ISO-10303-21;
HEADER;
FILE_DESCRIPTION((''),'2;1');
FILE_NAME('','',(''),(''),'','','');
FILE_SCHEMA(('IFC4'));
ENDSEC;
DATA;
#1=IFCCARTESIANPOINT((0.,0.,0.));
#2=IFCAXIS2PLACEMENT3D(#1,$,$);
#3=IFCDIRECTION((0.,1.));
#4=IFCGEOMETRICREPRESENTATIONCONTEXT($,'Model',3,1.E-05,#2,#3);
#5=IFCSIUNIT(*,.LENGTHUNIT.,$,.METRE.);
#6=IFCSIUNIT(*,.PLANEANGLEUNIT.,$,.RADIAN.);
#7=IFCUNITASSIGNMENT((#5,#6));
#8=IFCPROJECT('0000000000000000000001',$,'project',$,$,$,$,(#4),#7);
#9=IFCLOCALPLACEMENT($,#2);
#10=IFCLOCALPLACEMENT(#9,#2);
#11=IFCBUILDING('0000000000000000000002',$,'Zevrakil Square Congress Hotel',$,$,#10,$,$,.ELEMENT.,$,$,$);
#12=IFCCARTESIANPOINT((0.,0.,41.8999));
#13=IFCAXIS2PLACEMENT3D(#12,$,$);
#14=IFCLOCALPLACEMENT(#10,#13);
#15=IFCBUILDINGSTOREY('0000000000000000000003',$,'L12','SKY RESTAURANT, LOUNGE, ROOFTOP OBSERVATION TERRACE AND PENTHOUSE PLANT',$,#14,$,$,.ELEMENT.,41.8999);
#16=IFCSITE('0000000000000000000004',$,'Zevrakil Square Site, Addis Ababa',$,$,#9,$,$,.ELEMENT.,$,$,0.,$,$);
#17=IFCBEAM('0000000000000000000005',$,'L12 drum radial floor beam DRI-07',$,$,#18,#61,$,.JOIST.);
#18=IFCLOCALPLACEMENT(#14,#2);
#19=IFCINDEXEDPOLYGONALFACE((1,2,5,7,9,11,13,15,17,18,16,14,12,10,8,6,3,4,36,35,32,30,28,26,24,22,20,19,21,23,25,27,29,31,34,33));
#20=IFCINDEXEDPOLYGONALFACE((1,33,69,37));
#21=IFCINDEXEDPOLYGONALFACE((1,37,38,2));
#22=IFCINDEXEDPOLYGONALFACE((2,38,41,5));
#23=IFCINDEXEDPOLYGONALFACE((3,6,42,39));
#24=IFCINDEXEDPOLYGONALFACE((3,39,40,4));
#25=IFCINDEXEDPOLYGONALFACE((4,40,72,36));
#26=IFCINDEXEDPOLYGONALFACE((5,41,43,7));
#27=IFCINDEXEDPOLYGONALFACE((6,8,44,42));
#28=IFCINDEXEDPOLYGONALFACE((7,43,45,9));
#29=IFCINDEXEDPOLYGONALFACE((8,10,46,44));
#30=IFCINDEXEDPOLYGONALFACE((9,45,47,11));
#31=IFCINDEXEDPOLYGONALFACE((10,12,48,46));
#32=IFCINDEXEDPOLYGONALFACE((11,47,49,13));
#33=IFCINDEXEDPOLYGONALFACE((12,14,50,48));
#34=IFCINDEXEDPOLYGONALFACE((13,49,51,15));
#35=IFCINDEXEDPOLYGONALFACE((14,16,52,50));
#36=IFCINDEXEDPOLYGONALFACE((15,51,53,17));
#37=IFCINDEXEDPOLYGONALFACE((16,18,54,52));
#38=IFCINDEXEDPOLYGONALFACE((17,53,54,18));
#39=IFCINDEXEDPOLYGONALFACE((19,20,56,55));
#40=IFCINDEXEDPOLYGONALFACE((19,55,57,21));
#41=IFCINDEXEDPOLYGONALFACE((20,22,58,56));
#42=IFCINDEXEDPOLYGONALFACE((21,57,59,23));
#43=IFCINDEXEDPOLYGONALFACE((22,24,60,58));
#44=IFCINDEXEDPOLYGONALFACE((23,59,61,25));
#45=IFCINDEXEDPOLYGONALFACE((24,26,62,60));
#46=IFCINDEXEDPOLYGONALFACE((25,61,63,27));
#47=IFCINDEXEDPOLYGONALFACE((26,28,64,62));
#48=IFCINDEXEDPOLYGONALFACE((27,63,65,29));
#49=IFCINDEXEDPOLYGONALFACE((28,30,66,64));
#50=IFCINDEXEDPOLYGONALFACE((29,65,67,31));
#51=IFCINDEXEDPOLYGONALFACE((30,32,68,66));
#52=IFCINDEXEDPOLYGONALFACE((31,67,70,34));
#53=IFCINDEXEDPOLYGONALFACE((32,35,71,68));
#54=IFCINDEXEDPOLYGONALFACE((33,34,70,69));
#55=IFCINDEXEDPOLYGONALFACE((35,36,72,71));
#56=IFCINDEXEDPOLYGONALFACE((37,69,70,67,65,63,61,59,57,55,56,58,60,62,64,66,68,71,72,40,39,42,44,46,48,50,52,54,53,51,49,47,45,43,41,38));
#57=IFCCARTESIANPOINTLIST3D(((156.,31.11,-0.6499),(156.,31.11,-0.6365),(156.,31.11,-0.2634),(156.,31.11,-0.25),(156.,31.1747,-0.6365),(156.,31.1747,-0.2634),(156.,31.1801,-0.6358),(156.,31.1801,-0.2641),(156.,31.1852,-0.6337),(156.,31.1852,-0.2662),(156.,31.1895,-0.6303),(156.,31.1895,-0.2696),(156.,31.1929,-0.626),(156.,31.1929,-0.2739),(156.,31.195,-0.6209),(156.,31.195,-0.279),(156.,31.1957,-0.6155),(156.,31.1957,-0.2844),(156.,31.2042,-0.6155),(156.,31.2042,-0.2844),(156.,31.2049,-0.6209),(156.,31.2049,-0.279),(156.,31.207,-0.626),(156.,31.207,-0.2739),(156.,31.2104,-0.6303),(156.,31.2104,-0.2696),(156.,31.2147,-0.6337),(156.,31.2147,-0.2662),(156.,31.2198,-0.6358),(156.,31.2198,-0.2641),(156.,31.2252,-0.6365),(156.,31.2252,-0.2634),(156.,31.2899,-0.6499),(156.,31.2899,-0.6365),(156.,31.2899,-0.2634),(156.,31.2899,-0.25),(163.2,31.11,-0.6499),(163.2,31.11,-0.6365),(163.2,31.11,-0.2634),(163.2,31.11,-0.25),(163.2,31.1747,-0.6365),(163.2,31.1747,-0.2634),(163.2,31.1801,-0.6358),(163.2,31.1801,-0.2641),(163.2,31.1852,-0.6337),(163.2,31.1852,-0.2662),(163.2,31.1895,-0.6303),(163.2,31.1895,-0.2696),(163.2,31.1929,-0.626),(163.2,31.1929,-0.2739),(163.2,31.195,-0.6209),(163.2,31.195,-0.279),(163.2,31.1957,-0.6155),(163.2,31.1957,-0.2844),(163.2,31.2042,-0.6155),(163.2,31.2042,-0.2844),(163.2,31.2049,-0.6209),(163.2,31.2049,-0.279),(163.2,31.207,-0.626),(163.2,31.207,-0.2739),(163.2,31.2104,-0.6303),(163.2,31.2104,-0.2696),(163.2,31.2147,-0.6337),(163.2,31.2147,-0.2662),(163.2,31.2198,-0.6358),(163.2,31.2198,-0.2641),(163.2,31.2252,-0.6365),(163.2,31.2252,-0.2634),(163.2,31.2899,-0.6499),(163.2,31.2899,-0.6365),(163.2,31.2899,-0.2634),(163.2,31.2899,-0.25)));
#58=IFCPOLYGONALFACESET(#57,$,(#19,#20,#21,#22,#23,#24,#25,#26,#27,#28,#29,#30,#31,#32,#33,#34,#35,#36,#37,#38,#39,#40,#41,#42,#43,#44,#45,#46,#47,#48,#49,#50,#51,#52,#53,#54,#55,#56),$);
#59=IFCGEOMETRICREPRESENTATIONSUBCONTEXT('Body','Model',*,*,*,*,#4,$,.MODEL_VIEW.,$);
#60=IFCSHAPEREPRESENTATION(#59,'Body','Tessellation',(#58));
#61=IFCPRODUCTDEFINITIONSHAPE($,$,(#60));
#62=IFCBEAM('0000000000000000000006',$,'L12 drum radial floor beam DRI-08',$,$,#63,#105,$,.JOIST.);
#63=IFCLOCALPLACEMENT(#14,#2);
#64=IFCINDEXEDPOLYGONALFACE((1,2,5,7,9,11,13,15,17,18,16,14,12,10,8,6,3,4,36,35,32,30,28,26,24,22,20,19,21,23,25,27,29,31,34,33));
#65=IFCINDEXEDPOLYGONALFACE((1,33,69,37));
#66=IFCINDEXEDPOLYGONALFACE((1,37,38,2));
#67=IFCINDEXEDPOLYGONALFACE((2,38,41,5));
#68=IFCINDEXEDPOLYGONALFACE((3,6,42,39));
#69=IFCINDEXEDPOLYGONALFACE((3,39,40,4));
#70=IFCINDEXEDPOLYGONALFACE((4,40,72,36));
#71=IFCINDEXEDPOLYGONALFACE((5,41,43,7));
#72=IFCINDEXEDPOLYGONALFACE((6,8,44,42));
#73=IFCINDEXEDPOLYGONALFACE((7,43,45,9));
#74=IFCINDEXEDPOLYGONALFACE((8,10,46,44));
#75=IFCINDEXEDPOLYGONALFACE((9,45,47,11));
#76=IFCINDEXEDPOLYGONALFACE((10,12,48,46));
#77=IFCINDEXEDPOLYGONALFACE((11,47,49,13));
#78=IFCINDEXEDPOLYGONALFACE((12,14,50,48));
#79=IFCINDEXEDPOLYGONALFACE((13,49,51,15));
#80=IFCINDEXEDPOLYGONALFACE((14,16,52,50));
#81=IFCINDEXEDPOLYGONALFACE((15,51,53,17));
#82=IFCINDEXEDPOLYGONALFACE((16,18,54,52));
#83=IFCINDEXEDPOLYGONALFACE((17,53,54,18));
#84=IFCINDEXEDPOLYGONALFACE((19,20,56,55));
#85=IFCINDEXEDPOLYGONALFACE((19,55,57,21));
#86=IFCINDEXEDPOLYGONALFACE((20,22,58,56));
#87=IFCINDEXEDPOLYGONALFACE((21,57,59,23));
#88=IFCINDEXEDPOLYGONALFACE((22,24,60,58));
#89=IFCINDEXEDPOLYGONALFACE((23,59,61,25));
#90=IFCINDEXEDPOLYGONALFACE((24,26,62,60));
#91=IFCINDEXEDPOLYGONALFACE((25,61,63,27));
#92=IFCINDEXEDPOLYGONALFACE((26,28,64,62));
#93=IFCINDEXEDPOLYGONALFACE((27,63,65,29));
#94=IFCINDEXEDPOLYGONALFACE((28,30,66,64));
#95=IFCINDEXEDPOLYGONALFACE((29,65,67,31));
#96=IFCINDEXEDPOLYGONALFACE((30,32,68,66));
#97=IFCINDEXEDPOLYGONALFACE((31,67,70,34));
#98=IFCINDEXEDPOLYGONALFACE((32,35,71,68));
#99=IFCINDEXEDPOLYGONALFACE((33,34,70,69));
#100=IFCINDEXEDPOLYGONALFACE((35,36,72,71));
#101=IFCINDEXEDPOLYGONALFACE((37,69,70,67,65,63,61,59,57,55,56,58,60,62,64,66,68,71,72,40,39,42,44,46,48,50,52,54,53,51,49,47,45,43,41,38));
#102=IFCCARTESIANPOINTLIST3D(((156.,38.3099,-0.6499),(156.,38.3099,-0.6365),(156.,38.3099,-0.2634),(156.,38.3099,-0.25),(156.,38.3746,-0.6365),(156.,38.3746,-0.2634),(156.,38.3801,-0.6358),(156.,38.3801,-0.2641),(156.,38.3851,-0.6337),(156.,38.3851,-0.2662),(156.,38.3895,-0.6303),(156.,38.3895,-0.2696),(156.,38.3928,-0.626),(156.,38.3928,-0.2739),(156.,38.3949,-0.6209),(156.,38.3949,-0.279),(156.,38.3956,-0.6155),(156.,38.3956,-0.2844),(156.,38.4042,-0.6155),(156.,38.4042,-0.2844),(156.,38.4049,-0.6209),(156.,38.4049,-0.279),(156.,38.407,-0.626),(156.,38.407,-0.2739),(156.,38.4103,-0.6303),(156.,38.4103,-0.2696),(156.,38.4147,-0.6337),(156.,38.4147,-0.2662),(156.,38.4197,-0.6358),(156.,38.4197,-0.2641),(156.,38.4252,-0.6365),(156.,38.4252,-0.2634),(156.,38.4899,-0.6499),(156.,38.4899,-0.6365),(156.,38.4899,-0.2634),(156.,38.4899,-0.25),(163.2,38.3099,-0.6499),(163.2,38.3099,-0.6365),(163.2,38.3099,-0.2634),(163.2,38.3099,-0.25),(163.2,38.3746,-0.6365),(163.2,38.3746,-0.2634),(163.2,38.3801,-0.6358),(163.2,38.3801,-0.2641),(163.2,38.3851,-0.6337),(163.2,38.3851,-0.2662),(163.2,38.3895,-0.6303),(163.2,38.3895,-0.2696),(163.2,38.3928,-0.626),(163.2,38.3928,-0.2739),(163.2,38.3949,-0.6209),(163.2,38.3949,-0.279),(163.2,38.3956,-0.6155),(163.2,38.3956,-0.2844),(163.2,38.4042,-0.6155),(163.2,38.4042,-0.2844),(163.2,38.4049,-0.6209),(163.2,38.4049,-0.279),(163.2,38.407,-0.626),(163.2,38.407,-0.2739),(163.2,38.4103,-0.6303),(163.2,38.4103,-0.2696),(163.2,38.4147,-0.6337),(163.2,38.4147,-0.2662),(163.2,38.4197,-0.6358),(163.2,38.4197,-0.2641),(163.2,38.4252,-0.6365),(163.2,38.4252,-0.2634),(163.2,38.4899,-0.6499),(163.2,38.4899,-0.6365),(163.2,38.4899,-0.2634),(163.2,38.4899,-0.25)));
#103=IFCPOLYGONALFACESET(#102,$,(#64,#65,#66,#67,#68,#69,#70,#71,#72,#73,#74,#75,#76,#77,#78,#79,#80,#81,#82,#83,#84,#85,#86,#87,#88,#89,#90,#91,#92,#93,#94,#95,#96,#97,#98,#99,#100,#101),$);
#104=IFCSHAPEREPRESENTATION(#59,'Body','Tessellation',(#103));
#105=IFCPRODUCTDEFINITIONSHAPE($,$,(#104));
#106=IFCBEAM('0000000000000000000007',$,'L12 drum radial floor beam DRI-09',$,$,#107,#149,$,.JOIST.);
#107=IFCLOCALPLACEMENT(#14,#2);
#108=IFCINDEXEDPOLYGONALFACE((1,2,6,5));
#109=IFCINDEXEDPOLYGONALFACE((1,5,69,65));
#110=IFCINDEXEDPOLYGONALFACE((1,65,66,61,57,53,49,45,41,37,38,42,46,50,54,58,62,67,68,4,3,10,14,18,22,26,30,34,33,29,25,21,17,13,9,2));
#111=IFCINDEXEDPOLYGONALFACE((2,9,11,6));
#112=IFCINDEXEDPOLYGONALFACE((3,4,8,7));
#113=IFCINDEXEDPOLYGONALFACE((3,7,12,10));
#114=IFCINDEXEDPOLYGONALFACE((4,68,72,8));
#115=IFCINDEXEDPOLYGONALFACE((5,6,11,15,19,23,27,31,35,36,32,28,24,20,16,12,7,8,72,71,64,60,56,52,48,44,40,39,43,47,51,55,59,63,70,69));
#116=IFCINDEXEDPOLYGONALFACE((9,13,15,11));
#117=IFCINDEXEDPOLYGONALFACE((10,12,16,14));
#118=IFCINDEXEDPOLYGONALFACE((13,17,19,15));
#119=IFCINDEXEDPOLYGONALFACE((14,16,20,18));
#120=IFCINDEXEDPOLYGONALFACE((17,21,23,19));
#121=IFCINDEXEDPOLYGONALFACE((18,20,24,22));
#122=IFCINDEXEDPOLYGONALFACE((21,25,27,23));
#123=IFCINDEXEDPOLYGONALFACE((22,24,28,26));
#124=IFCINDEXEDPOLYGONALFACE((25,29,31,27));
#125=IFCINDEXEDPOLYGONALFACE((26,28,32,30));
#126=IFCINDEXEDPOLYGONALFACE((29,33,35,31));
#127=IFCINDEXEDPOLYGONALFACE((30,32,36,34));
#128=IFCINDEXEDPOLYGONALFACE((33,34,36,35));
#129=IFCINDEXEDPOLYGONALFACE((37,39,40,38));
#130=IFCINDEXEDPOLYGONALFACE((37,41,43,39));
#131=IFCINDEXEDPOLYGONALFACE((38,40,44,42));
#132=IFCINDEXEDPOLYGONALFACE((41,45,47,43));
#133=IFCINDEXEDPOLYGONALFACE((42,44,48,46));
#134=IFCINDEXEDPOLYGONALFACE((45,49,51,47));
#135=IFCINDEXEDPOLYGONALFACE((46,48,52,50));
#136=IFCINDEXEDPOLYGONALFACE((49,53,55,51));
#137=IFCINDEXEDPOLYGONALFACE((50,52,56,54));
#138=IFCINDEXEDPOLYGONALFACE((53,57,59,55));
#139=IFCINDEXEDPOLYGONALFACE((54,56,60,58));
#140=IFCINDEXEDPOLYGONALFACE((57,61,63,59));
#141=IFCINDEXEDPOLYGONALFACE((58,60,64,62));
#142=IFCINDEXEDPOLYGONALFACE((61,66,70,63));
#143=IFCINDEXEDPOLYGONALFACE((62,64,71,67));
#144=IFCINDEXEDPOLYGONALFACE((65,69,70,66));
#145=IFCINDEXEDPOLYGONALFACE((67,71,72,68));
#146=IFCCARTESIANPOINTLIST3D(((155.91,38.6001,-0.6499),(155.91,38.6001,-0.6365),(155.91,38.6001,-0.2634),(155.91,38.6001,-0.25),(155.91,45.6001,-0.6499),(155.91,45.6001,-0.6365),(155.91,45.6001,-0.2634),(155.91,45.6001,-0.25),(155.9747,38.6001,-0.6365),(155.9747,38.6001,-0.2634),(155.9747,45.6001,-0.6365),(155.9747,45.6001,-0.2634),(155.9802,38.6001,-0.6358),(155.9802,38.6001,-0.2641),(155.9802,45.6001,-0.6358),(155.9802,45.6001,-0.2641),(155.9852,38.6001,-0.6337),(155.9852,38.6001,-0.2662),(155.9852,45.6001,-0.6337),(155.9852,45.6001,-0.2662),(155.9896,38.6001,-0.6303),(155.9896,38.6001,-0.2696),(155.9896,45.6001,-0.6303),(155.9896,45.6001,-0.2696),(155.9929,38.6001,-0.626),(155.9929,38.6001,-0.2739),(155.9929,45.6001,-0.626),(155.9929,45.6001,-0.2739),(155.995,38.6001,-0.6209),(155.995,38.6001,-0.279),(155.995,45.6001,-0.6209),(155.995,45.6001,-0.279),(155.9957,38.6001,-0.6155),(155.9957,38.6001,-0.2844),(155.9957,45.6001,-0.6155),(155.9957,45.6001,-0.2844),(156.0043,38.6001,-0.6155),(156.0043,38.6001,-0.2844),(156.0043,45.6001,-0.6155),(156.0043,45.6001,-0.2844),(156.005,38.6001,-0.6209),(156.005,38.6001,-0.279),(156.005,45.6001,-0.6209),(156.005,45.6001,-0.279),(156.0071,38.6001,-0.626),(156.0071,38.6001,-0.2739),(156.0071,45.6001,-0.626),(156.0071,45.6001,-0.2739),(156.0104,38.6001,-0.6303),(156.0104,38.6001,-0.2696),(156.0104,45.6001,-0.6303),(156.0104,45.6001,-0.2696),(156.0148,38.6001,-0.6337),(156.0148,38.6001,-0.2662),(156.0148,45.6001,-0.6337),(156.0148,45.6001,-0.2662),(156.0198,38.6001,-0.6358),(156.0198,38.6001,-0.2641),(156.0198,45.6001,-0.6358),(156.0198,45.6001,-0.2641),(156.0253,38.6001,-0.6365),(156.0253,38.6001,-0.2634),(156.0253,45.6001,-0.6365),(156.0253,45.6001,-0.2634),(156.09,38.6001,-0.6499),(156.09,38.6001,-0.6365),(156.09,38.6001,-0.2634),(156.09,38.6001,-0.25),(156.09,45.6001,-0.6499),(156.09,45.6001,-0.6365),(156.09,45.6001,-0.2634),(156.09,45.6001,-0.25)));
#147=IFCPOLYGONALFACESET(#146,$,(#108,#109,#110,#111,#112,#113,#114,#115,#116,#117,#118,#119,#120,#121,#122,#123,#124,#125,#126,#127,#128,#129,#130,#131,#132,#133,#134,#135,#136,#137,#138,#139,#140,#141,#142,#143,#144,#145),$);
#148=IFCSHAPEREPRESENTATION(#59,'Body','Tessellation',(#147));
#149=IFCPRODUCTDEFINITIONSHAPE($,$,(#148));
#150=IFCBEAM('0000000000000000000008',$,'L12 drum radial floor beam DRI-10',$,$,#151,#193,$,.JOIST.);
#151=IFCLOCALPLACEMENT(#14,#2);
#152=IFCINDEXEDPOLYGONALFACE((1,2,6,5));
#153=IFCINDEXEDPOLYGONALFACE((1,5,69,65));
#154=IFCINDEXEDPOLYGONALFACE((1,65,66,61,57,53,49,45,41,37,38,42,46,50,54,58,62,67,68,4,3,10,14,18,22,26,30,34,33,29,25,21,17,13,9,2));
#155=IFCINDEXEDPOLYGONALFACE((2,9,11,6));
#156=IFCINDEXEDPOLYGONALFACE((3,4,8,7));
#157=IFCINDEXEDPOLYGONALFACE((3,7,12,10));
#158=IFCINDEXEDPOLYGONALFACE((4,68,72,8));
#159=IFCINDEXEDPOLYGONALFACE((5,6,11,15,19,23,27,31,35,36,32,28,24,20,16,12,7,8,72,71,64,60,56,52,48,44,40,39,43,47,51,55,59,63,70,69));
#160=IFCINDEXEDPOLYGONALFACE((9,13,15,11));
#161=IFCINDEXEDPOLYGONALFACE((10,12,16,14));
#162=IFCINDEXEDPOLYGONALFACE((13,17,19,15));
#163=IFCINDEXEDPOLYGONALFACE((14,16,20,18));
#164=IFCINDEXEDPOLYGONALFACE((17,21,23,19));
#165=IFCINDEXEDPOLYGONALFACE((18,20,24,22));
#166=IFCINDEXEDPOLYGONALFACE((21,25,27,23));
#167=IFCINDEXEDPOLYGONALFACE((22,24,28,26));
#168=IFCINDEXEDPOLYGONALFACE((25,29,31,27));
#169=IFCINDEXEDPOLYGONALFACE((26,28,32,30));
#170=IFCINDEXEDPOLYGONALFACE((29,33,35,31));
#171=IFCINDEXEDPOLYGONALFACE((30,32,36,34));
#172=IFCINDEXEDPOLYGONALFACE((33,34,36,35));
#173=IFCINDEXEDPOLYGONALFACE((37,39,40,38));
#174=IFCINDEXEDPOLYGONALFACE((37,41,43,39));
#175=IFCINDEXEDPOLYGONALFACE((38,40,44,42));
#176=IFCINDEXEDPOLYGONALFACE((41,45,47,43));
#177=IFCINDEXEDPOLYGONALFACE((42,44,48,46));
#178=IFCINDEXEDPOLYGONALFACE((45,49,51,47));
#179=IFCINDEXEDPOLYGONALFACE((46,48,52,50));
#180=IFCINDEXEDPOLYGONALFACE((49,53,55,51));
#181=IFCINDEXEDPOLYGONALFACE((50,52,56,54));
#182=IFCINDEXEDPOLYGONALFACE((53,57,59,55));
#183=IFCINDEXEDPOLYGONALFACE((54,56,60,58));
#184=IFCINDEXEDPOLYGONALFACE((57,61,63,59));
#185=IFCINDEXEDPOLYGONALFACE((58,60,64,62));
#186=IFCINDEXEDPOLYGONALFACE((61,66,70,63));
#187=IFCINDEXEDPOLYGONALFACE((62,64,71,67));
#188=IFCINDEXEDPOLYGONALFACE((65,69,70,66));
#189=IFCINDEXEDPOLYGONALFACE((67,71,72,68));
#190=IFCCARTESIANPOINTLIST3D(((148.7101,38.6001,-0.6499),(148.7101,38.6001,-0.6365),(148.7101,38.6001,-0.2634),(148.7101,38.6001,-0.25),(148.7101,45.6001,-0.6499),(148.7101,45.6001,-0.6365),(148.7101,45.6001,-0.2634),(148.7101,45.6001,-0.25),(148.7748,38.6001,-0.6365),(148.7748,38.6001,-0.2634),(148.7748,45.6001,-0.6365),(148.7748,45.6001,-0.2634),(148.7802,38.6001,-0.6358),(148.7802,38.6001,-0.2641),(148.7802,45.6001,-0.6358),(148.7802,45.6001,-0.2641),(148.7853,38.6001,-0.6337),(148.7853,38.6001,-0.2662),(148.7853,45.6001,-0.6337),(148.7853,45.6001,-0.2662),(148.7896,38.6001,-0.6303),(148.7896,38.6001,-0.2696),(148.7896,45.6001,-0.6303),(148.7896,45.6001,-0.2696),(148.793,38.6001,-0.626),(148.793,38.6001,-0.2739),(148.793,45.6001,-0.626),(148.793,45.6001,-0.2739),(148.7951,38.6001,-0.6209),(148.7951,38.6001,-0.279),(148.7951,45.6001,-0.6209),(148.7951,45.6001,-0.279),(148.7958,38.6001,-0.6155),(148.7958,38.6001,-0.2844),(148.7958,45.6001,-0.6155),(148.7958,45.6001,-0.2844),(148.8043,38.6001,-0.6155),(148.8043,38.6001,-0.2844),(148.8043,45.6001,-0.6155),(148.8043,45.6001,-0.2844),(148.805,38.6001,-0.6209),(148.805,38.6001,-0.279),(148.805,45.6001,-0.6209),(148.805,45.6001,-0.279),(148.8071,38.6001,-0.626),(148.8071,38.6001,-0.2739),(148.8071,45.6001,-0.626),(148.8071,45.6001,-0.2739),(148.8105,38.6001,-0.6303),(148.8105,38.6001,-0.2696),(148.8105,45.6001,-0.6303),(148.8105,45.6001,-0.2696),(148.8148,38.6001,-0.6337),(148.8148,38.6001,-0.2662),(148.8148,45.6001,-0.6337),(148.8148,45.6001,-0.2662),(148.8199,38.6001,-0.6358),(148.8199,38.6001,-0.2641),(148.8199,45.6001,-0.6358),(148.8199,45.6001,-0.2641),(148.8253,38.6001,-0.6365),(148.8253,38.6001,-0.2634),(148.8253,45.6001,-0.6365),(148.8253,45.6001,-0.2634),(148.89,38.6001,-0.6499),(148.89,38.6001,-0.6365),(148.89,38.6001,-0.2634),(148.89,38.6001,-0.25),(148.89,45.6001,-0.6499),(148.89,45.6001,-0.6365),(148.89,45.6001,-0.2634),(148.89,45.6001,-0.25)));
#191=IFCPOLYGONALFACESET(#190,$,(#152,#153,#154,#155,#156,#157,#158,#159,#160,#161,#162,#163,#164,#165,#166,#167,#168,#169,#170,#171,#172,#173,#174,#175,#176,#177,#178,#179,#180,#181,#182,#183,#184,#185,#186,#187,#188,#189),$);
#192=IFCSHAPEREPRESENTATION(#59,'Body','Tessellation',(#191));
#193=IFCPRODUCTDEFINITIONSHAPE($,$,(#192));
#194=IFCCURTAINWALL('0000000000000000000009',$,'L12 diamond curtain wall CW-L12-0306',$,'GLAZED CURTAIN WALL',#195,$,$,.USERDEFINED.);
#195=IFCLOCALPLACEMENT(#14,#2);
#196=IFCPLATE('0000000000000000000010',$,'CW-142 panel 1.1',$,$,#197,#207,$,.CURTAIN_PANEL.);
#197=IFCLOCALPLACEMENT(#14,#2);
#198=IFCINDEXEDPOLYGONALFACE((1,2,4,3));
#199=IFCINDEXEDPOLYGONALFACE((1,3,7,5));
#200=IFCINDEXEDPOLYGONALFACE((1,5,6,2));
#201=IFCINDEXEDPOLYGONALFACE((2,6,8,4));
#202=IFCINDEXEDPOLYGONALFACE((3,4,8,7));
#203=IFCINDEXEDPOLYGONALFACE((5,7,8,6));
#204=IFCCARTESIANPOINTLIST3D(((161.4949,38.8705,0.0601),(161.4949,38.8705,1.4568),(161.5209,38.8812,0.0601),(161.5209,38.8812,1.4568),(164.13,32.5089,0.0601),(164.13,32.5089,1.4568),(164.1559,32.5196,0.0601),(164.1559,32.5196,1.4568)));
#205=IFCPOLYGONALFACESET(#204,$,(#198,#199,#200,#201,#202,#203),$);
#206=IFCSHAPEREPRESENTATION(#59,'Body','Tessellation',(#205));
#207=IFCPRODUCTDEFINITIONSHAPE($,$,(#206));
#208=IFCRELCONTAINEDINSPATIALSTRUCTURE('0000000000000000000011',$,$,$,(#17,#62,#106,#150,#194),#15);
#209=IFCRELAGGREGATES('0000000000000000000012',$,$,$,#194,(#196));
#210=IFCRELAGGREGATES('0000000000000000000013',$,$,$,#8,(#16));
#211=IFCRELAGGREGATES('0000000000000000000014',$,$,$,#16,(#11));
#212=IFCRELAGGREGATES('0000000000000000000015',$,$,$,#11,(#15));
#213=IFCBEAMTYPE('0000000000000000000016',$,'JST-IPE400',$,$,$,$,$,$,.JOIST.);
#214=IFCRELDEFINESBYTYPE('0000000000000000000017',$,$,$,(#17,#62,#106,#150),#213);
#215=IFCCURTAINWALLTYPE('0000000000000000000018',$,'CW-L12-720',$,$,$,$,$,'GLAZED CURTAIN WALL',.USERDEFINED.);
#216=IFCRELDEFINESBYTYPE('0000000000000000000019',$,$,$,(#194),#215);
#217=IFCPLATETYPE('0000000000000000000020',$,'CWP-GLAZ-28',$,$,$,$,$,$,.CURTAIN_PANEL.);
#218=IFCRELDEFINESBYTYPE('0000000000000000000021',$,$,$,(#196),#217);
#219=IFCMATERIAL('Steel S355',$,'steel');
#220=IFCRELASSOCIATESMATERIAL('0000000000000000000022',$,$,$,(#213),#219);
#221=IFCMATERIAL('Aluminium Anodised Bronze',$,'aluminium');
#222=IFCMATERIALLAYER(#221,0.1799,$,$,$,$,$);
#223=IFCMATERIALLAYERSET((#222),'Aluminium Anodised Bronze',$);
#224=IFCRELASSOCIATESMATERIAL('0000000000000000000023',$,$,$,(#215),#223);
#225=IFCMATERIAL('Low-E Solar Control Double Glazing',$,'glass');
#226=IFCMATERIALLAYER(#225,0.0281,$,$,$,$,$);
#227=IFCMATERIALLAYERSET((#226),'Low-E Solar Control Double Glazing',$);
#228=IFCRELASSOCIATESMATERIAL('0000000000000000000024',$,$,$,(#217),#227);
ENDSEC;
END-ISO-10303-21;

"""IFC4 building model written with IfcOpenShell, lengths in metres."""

from ifc_helpers import new_model, si_unit, direction, frame, origin, origin_2d, place, context, subcontext, project, spatial, rectangle, i_section, extrude, material, layer, layer_set, material_profile, profile_set, type_object, element, aggregate, save


model = new_model("IFC4")

# Units and contexts
model_context = context("Model", 3, precision=1e-05, world=origin(), true_north=direction((0.0, 1.0)))
body_context = subcontext(model_context, "Body", "Model", "MODEL_VIEW")
ifc_project = project(units=[si_unit("LENGTHUNIT", "METRE"), si_unit("PLANEANGLEUNIT", "RADIAN")], contexts=[model_context])

# Site, building, storey
site_placement = place(None, origin())
site = spatial("IfcSite", under=ifc_project, at=site_placement, Name="Zevrakil Square Site, Addis Ababa", CompositionType="ELEMENT", RefElevation=0.0)
building_placement = place(site_placement, origin())
building = spatial("IfcBuilding", under=site, at=building_placement, Name="Zevrakil Square Congress Hotel", CompositionType="ELEMENT")
storey_placement = place(building_placement, frame((0.0, 0.0, 41.8999)))
storey = spatial("IfcBuildingStorey", under=building, at=storey_placement, Name="L12", Description="SKY RESTAURANT, LOUNGE, ROOFTOP OBSERVATION TERRACE AND PENTHOUSE PLANT", CompositionType="ELEMENT", Elevation=41.8999)

# Beams
ifc_material_1 = material(Name="Steel S355", Category="steel")
ifc_material_profile_1 = material_profile(ifc_material_1, i_section(OverallWidth=0.1799, OverallDepth=0.3999, WebThickness=0.0085, FlangeThickness=0.0134, FilletRadius=0.021, at=origin_2d()), Name="IPE 400")
ifc_profile_set_1 = profile_set([ifc_material_profile_1], Name="Steel S355")
beam_type_1 = type_object("IfcBeamType", Name="JST-IPE400", PredefinedType="JOIST", material=ifc_profile_set_1)
for number, where, z_axis, x_axis, name in (
    (1, (156.0, 31.2, -0.45), (1.0, 0.0, 0.0), (0.0, 1.0, 0.0), "L12 drum radial floor beam DRI-07"),
    (2, (156.0, 38.3999, -0.45), (1.0, 0.0, 0.0), (0.0, 1.0, 0.0), "L12 drum radial floor beam DRI-08"),
):
    element("IfcBeam", number, at=place(storey_placement, frame(where, z_axis=z_axis, x_axis=x_axis)), inside=storey, type_object=beam_type_1, Name=name, PredefinedType="JOIST", context=body_context, shape_type="SweptSolid", body=[
        extrude(i_section(OverallWidth=0.1799, OverallDepth=0.3999, WebThickness=0.0085, FlangeThickness=0.0134, FilletRadius=0.021, at=origin_2d()), origin(), (0.0, 0.0, 1.0), 7.2),
    ])
for number, where, z_axis, x_axis, name in (
    (3, (156.0, 38.6001, -0.45), (0.0, 1.0, 0.0), (-1.0, 0.0, 0.0), "L12 drum radial floor beam DRI-09"),
    (4, (148.8, 38.6001, -0.45), (0.0, 1.0, 0.0), (-1.0, 0.0, 0.0), "L12 drum radial floor beam DRI-10"),
):
    element("IfcBeam", number, at=place(storey_placement, frame(where, z_axis=z_axis, x_axis=x_axis)), inside=storey, type_object=beam_type_1, Name=name, PredefinedType="JOIST", context=body_context, shape_type="SweptSolid", body=[
        extrude(i_section(OverallWidth=0.1799, OverallDepth=0.3999, WebThickness=0.0085, FlangeThickness=0.0134, FilletRadius=0.021, at=origin_2d()), origin(), (0.0, 0.0, 1.0), 7.0),
    ])

# Curtain wall, plate
ifc_material_2 = material(Name="Aluminium Anodised Bronze", Category="aluminium")
ifc_layer_1 = layer(ifc_material_2, 0.1799)
ifc_layer_set_1 = layer_set([ifc_layer_1], Name="Aluminium Anodised Bronze")
curtain_wall_type = type_object("IfcCurtainWallType", Name="CW-L12-720", ElementType="GLAZED CURTAIN WALL", PredefinedType="USERDEFINED", material=ifc_layer_set_1)
curtain_wall_placement = place(storey_placement, origin())
curtain_wall = element("IfcCurtainWall", 5, at=curtain_wall_placement, inside=storey, type_object=curtain_wall_type, Name="L12 diamond curtain wall CW-L12-0306", ObjectType="GLAZED CURTAIN WALL", PredefinedType="USERDEFINED")
ifc_material_3 = material(Name="Low-E Solar Control Double Glazing", Category="glass")
ifc_layer_2 = layer(ifc_material_3, 0.0281)
ifc_layer_set_2 = layer_set([ifc_layer_2], Name="Low-E Solar Control Double Glazing")
plate_type = type_object("IfcPlateType", Name="CWP-GLAZ-28", PredefinedType="CURTAIN_PANEL", material=ifc_layer_set_2)
plate_placement = place(storey_placement, frame((162.8254, 35.6951, 0.0601), z_axis=(0.0, 0.0, 1.0), x_axis=(-0.382684, 0.923879, 0.0)))
plate = element("IfcPlate", 6, at=plate_placement, type_object=plate_type, Name="CW-142 panel 1.1", PredefinedType="CURTAIN_PANEL", context=body_context, shape_type="SweptSolid", body=[
    extrude(rectangle(XDim=6.8857, YDim=0.0281, at=origin_2d()), origin(), (0.0, 0.0, 1.0), 1.3967),
])
aggregate(curtain_wall, [plate])

save(model, "model.ifc")
